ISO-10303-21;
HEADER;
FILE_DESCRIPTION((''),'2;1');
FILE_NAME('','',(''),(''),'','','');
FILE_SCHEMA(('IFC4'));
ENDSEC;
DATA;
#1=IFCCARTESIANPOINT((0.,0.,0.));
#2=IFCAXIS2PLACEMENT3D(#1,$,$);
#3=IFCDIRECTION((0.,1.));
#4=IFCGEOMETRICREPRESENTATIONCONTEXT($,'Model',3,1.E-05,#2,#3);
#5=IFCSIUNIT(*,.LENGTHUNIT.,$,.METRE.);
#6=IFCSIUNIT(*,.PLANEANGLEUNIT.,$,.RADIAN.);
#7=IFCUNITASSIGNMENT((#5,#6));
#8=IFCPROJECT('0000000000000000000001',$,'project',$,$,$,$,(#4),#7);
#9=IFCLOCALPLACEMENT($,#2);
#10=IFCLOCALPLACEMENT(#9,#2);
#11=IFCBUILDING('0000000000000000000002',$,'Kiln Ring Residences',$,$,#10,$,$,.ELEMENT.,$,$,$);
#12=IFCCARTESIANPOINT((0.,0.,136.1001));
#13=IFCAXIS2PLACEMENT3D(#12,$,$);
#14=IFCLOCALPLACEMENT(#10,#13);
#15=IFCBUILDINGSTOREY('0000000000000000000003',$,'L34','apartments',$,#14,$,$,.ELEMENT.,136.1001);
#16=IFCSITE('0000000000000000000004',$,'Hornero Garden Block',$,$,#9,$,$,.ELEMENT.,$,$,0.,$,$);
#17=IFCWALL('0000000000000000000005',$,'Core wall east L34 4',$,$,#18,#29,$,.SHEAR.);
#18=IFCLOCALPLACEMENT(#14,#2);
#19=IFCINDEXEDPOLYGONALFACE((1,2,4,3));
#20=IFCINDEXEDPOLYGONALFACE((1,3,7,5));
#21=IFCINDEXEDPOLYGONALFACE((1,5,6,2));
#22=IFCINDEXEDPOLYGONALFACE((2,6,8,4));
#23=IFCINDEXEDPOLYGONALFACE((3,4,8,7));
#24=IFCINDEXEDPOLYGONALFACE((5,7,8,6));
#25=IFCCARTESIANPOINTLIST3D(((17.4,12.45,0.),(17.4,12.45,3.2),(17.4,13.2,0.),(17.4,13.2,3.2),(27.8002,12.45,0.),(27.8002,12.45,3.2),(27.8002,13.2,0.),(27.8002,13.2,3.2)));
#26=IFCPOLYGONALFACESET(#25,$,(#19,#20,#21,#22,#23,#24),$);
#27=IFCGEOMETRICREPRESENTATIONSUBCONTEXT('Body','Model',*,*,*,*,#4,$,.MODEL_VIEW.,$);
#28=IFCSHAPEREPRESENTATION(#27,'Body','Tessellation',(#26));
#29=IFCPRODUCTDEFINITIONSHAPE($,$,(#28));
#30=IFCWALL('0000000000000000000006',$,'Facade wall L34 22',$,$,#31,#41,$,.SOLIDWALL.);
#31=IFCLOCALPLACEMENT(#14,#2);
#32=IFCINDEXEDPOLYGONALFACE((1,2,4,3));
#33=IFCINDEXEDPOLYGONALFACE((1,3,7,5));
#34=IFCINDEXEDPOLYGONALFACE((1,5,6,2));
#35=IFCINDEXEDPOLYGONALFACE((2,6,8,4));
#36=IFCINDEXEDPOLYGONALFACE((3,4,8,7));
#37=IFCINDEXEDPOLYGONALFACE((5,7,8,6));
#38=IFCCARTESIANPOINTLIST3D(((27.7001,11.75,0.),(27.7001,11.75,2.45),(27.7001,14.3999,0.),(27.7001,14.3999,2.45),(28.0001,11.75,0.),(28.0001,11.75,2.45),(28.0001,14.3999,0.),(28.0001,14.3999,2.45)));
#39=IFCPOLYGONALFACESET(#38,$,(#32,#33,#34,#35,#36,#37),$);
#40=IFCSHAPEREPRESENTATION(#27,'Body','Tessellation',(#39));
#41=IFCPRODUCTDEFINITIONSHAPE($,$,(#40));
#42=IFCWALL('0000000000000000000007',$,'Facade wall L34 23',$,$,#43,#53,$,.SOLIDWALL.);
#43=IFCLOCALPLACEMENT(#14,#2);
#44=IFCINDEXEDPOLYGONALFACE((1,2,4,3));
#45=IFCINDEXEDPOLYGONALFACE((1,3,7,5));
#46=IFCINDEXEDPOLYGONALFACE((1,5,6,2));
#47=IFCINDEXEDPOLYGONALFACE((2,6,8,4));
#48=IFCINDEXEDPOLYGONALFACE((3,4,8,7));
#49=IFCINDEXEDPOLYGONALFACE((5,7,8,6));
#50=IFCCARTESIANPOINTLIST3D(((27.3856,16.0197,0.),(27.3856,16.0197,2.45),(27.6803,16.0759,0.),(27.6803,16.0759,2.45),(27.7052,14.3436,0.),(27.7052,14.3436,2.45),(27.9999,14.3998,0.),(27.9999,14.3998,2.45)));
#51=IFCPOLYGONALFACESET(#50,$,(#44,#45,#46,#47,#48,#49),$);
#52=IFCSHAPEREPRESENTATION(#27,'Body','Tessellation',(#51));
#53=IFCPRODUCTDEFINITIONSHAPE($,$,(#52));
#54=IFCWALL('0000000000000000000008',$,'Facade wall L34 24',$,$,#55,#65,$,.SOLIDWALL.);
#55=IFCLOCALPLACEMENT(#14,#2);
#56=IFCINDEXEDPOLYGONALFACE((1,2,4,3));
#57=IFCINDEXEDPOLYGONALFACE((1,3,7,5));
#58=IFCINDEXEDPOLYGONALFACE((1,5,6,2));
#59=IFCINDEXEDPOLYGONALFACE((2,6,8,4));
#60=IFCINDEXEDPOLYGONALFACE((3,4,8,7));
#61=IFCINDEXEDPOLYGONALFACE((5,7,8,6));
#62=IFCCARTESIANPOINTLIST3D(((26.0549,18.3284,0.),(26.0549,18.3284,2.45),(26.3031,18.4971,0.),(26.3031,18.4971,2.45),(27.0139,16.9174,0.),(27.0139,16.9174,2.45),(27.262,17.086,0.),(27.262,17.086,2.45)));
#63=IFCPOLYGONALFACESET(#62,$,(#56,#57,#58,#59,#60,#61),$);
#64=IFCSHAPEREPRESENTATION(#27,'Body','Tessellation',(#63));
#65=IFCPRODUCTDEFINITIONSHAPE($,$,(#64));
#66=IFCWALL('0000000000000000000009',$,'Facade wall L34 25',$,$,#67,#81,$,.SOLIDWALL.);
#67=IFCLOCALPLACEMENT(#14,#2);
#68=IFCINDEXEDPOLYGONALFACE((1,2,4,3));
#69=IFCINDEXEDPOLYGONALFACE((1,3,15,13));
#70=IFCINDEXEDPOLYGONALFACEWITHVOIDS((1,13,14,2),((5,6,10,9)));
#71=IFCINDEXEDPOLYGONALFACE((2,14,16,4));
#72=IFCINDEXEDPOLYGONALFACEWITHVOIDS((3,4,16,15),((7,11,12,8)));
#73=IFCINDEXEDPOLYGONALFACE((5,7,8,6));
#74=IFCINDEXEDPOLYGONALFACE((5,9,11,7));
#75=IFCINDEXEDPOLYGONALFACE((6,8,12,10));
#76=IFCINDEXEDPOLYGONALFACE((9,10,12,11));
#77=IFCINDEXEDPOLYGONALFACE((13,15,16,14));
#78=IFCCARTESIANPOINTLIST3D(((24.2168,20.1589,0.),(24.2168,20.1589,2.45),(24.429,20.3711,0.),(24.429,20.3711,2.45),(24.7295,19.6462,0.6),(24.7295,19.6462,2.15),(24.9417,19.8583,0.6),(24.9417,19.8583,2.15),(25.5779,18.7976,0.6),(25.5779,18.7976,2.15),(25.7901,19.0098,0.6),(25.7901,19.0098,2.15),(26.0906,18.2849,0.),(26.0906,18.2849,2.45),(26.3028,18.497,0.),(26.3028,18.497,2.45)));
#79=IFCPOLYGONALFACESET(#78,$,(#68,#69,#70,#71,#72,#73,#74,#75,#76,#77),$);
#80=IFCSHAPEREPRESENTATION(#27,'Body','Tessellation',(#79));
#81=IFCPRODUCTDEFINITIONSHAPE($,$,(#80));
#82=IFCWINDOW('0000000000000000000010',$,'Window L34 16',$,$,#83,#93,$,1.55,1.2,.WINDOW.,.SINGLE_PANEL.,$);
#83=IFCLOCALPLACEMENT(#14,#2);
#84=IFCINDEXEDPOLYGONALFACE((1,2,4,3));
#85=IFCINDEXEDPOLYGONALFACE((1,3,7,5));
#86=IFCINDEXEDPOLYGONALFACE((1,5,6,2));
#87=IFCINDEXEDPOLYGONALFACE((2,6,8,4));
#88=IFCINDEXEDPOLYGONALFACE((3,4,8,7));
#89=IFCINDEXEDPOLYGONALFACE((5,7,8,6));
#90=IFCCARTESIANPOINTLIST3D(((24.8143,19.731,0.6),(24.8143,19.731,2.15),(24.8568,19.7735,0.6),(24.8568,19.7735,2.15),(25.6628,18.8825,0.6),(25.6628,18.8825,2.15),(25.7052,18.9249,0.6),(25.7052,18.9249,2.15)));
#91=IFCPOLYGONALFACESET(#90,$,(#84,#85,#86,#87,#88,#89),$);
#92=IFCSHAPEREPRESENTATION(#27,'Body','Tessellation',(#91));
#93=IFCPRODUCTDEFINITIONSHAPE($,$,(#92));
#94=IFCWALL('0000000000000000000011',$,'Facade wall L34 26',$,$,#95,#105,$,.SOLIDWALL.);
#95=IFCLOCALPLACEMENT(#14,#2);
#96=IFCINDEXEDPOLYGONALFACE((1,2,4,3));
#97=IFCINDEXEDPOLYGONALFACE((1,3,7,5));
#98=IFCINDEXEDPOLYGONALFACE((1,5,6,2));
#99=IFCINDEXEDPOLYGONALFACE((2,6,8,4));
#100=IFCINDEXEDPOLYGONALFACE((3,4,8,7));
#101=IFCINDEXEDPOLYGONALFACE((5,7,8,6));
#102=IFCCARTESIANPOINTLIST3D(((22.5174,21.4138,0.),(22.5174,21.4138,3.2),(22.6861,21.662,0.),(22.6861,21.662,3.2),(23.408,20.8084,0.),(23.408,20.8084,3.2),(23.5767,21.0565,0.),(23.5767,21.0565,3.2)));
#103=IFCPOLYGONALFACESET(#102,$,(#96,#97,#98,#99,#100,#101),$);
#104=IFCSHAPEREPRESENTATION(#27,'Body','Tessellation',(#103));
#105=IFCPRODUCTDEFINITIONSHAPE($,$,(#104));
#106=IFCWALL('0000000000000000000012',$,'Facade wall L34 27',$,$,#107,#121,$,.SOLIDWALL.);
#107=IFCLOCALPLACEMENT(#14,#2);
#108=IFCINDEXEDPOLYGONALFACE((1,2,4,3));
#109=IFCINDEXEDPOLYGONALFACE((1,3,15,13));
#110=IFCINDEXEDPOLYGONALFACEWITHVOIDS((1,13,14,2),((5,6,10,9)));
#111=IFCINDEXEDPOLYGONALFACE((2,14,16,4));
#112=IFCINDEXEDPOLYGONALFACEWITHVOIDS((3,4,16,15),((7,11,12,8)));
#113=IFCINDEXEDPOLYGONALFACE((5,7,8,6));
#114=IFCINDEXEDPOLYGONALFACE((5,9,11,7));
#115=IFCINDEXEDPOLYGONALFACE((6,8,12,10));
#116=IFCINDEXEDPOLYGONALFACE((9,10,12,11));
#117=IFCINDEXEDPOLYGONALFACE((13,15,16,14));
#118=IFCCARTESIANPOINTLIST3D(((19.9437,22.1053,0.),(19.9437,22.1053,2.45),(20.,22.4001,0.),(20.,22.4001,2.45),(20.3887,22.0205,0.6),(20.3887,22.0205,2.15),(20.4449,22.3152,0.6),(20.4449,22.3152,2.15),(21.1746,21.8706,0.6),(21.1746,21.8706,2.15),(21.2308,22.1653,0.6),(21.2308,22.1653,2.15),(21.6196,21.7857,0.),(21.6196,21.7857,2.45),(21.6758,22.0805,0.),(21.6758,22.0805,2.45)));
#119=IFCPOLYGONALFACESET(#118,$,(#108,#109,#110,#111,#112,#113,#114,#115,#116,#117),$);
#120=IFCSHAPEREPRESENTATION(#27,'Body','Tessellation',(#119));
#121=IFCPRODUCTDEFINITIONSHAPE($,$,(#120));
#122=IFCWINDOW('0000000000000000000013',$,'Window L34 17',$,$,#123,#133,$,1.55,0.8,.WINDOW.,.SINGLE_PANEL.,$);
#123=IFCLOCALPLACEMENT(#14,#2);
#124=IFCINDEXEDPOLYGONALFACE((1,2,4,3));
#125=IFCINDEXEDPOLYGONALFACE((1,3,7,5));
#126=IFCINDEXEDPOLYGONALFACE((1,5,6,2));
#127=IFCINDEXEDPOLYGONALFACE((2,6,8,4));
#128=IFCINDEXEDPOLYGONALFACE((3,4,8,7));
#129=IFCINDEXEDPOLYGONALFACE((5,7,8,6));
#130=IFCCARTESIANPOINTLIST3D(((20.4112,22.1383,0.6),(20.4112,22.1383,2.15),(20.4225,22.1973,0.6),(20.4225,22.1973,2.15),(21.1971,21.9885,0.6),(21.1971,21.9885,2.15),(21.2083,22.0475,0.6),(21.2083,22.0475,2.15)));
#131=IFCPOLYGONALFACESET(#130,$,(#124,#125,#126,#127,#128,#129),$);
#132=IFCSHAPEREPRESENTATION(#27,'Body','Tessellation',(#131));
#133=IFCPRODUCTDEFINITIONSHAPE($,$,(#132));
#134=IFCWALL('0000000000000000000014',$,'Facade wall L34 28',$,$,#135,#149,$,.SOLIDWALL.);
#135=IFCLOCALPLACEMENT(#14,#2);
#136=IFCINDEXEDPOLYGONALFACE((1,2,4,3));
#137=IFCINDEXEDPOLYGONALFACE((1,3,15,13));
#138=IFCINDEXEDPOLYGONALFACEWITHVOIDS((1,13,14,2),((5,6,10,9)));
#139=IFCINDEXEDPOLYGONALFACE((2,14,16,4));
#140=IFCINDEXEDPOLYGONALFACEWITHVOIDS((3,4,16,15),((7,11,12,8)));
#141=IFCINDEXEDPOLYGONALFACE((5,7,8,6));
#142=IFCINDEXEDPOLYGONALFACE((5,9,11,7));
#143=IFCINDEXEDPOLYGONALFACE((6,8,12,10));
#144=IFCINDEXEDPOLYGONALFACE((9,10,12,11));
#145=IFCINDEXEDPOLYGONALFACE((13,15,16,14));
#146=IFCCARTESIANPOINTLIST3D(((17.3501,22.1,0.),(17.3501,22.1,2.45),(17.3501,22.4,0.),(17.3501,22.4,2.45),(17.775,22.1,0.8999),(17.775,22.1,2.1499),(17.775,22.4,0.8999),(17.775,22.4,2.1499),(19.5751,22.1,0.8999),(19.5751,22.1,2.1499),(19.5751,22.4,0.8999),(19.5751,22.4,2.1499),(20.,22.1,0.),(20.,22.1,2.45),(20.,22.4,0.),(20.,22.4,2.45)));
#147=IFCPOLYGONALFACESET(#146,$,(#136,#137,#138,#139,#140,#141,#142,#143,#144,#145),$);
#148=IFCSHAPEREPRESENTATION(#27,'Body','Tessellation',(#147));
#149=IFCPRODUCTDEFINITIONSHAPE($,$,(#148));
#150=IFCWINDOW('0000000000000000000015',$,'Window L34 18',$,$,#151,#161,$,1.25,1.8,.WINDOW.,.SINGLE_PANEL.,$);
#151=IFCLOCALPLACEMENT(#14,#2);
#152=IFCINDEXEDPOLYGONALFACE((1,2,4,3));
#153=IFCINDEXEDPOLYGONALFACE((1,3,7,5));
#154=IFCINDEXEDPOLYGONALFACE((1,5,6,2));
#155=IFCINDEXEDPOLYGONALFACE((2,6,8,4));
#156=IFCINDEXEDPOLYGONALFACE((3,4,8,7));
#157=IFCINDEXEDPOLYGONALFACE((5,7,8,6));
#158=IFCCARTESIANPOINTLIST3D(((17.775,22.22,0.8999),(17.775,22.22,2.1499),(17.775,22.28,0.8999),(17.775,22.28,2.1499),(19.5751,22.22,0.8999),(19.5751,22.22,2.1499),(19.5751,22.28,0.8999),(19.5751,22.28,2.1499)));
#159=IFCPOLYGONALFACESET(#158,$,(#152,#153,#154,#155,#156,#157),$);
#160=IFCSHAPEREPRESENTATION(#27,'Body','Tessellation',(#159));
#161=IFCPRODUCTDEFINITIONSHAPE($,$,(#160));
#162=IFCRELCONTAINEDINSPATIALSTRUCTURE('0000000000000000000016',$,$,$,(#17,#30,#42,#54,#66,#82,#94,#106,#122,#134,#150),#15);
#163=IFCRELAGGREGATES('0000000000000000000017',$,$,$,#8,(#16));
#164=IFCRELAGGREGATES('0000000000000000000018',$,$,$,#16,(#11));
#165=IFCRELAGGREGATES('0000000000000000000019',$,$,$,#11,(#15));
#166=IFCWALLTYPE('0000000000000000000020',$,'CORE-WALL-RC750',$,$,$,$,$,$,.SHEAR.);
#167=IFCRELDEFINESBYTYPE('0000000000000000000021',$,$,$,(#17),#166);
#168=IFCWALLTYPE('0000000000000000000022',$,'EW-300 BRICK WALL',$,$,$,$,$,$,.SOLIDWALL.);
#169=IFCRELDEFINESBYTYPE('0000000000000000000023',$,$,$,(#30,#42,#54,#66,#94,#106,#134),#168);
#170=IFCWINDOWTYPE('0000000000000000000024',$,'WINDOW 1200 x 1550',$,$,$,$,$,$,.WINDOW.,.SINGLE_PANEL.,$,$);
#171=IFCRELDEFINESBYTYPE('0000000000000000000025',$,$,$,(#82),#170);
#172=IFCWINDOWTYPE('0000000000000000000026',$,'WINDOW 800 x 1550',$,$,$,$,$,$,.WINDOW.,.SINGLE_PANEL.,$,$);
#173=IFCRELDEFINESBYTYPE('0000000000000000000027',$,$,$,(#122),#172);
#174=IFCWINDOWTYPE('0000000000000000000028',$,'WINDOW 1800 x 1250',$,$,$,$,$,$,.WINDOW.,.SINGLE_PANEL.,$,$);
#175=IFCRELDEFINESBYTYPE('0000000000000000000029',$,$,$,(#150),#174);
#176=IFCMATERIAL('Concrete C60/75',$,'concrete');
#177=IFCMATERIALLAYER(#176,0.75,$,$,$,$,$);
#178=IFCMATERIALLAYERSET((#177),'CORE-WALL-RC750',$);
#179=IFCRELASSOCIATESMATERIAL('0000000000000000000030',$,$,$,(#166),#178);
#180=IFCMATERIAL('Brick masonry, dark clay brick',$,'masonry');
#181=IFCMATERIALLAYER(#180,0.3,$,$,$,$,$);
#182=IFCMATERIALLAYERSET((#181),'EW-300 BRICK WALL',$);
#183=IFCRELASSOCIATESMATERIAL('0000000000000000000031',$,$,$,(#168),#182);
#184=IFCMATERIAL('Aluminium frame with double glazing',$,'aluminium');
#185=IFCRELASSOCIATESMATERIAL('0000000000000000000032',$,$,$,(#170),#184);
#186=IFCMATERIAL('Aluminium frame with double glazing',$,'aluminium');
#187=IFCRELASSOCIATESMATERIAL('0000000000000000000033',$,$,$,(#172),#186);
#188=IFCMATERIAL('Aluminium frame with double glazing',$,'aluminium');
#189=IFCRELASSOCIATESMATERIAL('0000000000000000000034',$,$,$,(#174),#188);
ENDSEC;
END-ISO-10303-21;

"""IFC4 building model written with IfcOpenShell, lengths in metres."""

from ifc_helpers import new_model, si_unit, direction, frame, frame_2d, origin, place, context, subcontext, project, spatial, rectangle, extrude, material, layer, layer_set, type_object, element, fill, save


model = new_model("IFC4")

# Units and contexts
model_context = context("Model", 3, precision=1e-05, world=origin(), true_north=direction((0.0, 1.0)))
body_context = subcontext(model_context, "Body", "Model", "MODEL_VIEW")
ifc_project = project(units=[si_unit("LENGTHUNIT", "METRE"), si_unit("PLANEANGLEUNIT", "RADIAN")], contexts=[model_context])

# Site, building, storey
site_placement = place(None, origin())
site = spatial("IfcSite", under=ifc_project, at=site_placement, Name="Hornero Garden Block", CompositionType="ELEMENT", RefElevation=0.0)
building_placement = place(site_placement, origin())
building = spatial("IfcBuilding", under=site, at=building_placement, Name="Kiln Ring Residences", CompositionType="ELEMENT")
storey_placement = place(building_placement, frame((0.0, 0.0, 136.1001)))
storey = spatial("IfcBuildingStorey", under=building, at=storey_placement, Name="L34", Description="apartments", CompositionType="ELEMENT", Elevation=136.1001)

# Walls
ifc_material_1 = material(Name="Concrete C60/75", Category="concrete")
ifc_layer_1 = layer(ifc_material_1, 0.75)
ifc_layer_set_1 = layer_set([ifc_layer_1], Name="CORE-WALL-RC750")
wall_type_1 = type_object("IfcWallType", Name="CORE-WALL-RC750", PredefinedType="SHEAR", material=ifc_layer_set_1)
wall_1_placement = place(storey_placement, frame((17.3999, 12.825, 0.0), z_axis=(0.0, 0.0, 1.0), x_axis=(1.0, 0.0, 0.0)))
element("IfcWall", 1, at=wall_1_placement, inside=storey, type_object=wall_type_1, Name="Core wall east L34 4", PredefinedType="SHEAR", context=body_context, shape_type="SweptSolid", body=[
    extrude(rectangle(XDim=10.4001, YDim=0.75, at=frame_2d((5.2002, 0.0))), origin(), (0.0, 0.0, 1.0), 3.2),
])
ifc_material_2 = material(Name="Brick masonry, dark clay brick", Category="masonry")
ifc_layer_2 = layer(ifc_material_2, 0.3)
ifc_layer_set_2 = layer_set([ifc_layer_2], Name="EW-300 BRICK WALL")
wall_type_2 = type_object("IfcWallType", Name="EW-300 BRICK WALL", PredefinedType="SOLIDWALL", material=ifc_layer_set_2)
wall_2_placement = place(storey_placement, frame((27.8501, 11.75, 0.0), z_axis=(0.0, 0.0, 1.0), x_axis=(0.0, 1.0, 0.0)))
element("IfcWall", 2, at=wall_2_placement, inside=storey, type_object=wall_type_2, Name="Facade wall L34 22", PredefinedType="SOLIDWALL", context=body_context, shape_type="SweptSolid", body=[
    extrude(rectangle(XDim=2.6499, YDim=0.3, at=frame_2d((1.325, 0.0))), origin(), (0.0, 0.0, 1.0), 2.45),
])
wall_3_placement = place(storey_placement, frame((27.8525, 14.3718, 0.0), z_axis=(0.0, 0.0, 1.0), x_axis=(-0.187303, 0.982302, 0.0)))
element("IfcWall", 3, at=wall_3_placement, inside=storey, type_object=wall_type_2, Name="Facade wall L34 23", PredefinedType="SOLIDWALL", context=body_context, shape_type="SweptSolid", body=[
    extrude(rectangle(XDim=1.7063, YDim=0.3, at=frame_2d((0.853, 0.0))), origin(), (0.0, 0.0, 1.0), 2.45),
])
wall_4_placement = place(storey_placement, frame((27.1379, 17.0017, 0.0), z_axis=(0.0, 0.0, 1.0), x_axis=(-0.562075, 0.827086, 0.0)))
element("IfcWall", 4, at=wall_4_placement, inside=storey, type_object=wall_type_2, Name="Facade wall L34 24", PredefinedType="SOLIDWALL", context=body_context, shape_type="SweptSolid", body=[
    extrude(rectangle(XDim=1.7061, YDim=0.3, at=frame_2d((0.853, 0.0))), origin(), (0.0, 0.0, 1.0), 2.45),
])

# Wall, opening, window
wall_5_placement = place(storey_placement, frame((26.1968, 18.3909, 0.0), z_axis=(0.0, 0.0, 1.0), x_axis=(-0.707061, 0.707153, 0.0)))
wall_5 = element("IfcWall", 5, at=wall_5_placement, inside=storey, type_object=wall_type_2, Name="Facade wall L34 25", PredefinedType="SOLIDWALL", context=body_context, shape_type="SweptSolid", body=[
    extrude(rectangle(XDim=2.6501, YDim=0.3, at=frame_2d((1.3252, 0.0))), origin(), (0.0, 0.0, 1.0), 2.45),
])
opening_1_placement = place(wall_5_placement, frame((0.7251, 0.0, 0.6001)))
opening_1 = element("IfcOpeningElement", 6, at=opening_1_placement, cuts=wall_5, PredefinedType="OPENING", context=body_context, shape_type="SweptSolid", body=[
    extrude(rectangle(XDim=1.2, YDim=1.55, at=frame_2d((0.6001, 0.7749))), frame((0.0, 0.1599, 0.0), z_axis=(0.0, -1.0, 0.0), x_axis=(1.0, 0.0, 0.0)), (0.0, 0.0, 1.0), 0.3201),
])
ifc_material_3 = material(Name="Aluminium frame with double glazing", Category="aluminium")
window_type_1 = type_object("IfcWindowType", Name="WINDOW 1200 x 1550", PartitioningType="SINGLE_PANEL", PredefinedType="WINDOW", material=ifc_material_3)
window_1_placement = place(opening_1_placement, origin())
window_1 = element("IfcWindow", 7, at=window_1_placement, inside=storey, type_object=window_type_1, Name="Window L34 16", OverallHeight=1.55, OverallWidth=1.2, PartitioningType="SINGLE_PANEL", PredefinedType="WINDOW", context=body_context, shape_type="SweptSolid", body=[
    extrude(rectangle(XDim=1.2, YDim=1.55, at=frame_2d((0.6001, 0.7749))), frame((0.0, 0.03, 0.0), z_axis=(0.0, -1.0, 0.0), x_axis=(1.0, 0.0, 0.0)), (0.0, 0.0, 1.0), 0.0601),
])
fill(opening_1, window_1)

# Wall
wall_6_placement = place(storey_placement, frame((23.4924, 20.9324, 0.0), z_axis=(0.0, 0.0, 1.0), x_axis=(-0.826994, 0.562211, 0.0)))
element("IfcWall", 8, at=wall_6_placement, inside=storey, type_object=wall_type_2, Name="Facade wall L34 26", PredefinedType="SOLIDWALL", context=body_context, shape_type="SweptSolid", body=[
    extrude(rectangle(XDim=1.0769, YDim=0.3, at=frame_2d((0.5386, 0.0))), origin(), (0.0, 0.0, 1.0), 3.2),
])

# Walls, openings, windows
wall_7_placement = place(storey_placement, frame((21.6477, 21.9331, 0.0), z_axis=(0.0, 0.0, 1.0), x_axis=(-0.982297, 0.187329, 0.0)))
wall_7 = element("IfcWall", 9, at=wall_7_placement, inside=storey, type_object=wall_type_2, Name="Facade wall L34 27", PredefinedType="SOLIDWALL", context=body_context, shape_type="SweptSolid", body=[
    extrude(rectangle(XDim=1.7061, YDim=0.3, at=frame_2d((0.853, 0.0))), origin(), (0.0, 0.0, 1.0), 2.45),
])
opening_2_placement = place(wall_7_placement, frame((0.4531, 0.0, 0.6001)))
opening_2 = element("IfcOpeningElement", 10, at=opening_2_placement, cuts=wall_7, PredefinedType="OPENING", context=body_context, shape_type="SweptSolid", body=[
    extrude(rectangle(XDim=0.8, YDim=1.55, at=frame_2d((0.3999, 0.7749))), frame((0.0, 0.1599, 0.0), z_axis=(0.0, -1.0, 0.0), x_axis=(1.0, 0.0, 0.0)), (0.0, 0.0, 1.0), 0.3201),
])
ifc_material_4 = material(Name="Aluminium frame with double glazing", Category="aluminium")
window_type_2 = type_object("IfcWindowType", Name="WINDOW 800 x 1550", PartitioningType="SINGLE_PANEL", PredefinedType="WINDOW", material=ifc_material_4)
window_2_placement = place(opening_2_placement, origin())
window_2 = element("IfcWindow", 11, at=window_2_placement, inside=storey, type_object=window_type_2, Name="Window L34 17", OverallHeight=1.55, OverallWidth=0.8, PartitioningType="SINGLE_PANEL", PredefinedType="WINDOW", context=body_context, shape_type="SweptSolid", body=[
    extrude(rectangle(XDim=0.8, YDim=1.55, at=frame_2d((0.3999, 0.7749))), frame((0.0, 0.03, 0.0), z_axis=(0.0, -1.0, 0.0), x_axis=(1.0, 0.0, 0.0)), (0.0, 0.0, 1.0), 0.0601),
])
fill(opening_2, window_2)
wall_8_placement = place(storey_placement, frame((20.0, 22.25, 0.0), z_axis=(0.0, 0.0, 1.0), x_axis=(-1.0, 0.0, 0.0)))
wall_8 = element("IfcWall", 12, at=wall_8_placement, inside=storey, type_object=wall_type_2, Name="Facade wall L34 28", PredefinedType="SOLIDWALL", context=body_context, shape_type="SweptSolid", body=[
    extrude(rectangle(XDim=2.6499, YDim=0.3, at=frame_2d((1.325, 0.0))), origin(), (0.0, 0.0, 1.0), 2.45),
])
opening_3_placement = place(wall_8_placement, frame((0.425, 0.0, 0.8999)))
opening_3 = element("IfcOpeningElement", 13, at=opening_3_placement, cuts=wall_8, PredefinedType="OPENING", context=body_context, shape_type="SweptSolid", body=[
    extrude(rectangle(XDim=1.8, YDim=1.25, at=frame_2d((0.8999, 0.625))), frame((0.0, 0.1599, 0.0), z_axis=(0.0, -1.0, 0.0), x_axis=(1.0, 0.0, 0.0)), (0.0, 0.0, 1.0), 0.3201),
])
ifc_material_5 = material(Name="Aluminium frame with double glazing", Category="aluminium")
window_type_3 = type_object("IfcWindowType", Name="WINDOW 1800 x 1250", PartitioningType="SINGLE_PANEL", PredefinedType="WINDOW", material=ifc_material_5)
window_3_placement = place(opening_3_placement, origin())
window_3 = element("IfcWindow", 14, at=window_3_placement, inside=storey, type_object=window_type_3, Name="Window L34 18", OverallHeight=1.25, OverallWidth=1.8, PartitioningType="SINGLE_PANEL", PredefinedType="WINDOW", context=body_context, shape_type="SweptSolid", body=[
    extrude(rectangle(XDim=1.8, YDim=1.25, at=frame_2d((0.8999, 0.625))), frame((0.0, 0.03, 0.0), z_axis=(0.0, -1.0, 0.0), x_axis=(1.0, 0.0, 0.0)), (0.0, 0.0, 1.0), 0.0601),
])
fill(opening_3, window_3)

save(model, "model.ifc")
